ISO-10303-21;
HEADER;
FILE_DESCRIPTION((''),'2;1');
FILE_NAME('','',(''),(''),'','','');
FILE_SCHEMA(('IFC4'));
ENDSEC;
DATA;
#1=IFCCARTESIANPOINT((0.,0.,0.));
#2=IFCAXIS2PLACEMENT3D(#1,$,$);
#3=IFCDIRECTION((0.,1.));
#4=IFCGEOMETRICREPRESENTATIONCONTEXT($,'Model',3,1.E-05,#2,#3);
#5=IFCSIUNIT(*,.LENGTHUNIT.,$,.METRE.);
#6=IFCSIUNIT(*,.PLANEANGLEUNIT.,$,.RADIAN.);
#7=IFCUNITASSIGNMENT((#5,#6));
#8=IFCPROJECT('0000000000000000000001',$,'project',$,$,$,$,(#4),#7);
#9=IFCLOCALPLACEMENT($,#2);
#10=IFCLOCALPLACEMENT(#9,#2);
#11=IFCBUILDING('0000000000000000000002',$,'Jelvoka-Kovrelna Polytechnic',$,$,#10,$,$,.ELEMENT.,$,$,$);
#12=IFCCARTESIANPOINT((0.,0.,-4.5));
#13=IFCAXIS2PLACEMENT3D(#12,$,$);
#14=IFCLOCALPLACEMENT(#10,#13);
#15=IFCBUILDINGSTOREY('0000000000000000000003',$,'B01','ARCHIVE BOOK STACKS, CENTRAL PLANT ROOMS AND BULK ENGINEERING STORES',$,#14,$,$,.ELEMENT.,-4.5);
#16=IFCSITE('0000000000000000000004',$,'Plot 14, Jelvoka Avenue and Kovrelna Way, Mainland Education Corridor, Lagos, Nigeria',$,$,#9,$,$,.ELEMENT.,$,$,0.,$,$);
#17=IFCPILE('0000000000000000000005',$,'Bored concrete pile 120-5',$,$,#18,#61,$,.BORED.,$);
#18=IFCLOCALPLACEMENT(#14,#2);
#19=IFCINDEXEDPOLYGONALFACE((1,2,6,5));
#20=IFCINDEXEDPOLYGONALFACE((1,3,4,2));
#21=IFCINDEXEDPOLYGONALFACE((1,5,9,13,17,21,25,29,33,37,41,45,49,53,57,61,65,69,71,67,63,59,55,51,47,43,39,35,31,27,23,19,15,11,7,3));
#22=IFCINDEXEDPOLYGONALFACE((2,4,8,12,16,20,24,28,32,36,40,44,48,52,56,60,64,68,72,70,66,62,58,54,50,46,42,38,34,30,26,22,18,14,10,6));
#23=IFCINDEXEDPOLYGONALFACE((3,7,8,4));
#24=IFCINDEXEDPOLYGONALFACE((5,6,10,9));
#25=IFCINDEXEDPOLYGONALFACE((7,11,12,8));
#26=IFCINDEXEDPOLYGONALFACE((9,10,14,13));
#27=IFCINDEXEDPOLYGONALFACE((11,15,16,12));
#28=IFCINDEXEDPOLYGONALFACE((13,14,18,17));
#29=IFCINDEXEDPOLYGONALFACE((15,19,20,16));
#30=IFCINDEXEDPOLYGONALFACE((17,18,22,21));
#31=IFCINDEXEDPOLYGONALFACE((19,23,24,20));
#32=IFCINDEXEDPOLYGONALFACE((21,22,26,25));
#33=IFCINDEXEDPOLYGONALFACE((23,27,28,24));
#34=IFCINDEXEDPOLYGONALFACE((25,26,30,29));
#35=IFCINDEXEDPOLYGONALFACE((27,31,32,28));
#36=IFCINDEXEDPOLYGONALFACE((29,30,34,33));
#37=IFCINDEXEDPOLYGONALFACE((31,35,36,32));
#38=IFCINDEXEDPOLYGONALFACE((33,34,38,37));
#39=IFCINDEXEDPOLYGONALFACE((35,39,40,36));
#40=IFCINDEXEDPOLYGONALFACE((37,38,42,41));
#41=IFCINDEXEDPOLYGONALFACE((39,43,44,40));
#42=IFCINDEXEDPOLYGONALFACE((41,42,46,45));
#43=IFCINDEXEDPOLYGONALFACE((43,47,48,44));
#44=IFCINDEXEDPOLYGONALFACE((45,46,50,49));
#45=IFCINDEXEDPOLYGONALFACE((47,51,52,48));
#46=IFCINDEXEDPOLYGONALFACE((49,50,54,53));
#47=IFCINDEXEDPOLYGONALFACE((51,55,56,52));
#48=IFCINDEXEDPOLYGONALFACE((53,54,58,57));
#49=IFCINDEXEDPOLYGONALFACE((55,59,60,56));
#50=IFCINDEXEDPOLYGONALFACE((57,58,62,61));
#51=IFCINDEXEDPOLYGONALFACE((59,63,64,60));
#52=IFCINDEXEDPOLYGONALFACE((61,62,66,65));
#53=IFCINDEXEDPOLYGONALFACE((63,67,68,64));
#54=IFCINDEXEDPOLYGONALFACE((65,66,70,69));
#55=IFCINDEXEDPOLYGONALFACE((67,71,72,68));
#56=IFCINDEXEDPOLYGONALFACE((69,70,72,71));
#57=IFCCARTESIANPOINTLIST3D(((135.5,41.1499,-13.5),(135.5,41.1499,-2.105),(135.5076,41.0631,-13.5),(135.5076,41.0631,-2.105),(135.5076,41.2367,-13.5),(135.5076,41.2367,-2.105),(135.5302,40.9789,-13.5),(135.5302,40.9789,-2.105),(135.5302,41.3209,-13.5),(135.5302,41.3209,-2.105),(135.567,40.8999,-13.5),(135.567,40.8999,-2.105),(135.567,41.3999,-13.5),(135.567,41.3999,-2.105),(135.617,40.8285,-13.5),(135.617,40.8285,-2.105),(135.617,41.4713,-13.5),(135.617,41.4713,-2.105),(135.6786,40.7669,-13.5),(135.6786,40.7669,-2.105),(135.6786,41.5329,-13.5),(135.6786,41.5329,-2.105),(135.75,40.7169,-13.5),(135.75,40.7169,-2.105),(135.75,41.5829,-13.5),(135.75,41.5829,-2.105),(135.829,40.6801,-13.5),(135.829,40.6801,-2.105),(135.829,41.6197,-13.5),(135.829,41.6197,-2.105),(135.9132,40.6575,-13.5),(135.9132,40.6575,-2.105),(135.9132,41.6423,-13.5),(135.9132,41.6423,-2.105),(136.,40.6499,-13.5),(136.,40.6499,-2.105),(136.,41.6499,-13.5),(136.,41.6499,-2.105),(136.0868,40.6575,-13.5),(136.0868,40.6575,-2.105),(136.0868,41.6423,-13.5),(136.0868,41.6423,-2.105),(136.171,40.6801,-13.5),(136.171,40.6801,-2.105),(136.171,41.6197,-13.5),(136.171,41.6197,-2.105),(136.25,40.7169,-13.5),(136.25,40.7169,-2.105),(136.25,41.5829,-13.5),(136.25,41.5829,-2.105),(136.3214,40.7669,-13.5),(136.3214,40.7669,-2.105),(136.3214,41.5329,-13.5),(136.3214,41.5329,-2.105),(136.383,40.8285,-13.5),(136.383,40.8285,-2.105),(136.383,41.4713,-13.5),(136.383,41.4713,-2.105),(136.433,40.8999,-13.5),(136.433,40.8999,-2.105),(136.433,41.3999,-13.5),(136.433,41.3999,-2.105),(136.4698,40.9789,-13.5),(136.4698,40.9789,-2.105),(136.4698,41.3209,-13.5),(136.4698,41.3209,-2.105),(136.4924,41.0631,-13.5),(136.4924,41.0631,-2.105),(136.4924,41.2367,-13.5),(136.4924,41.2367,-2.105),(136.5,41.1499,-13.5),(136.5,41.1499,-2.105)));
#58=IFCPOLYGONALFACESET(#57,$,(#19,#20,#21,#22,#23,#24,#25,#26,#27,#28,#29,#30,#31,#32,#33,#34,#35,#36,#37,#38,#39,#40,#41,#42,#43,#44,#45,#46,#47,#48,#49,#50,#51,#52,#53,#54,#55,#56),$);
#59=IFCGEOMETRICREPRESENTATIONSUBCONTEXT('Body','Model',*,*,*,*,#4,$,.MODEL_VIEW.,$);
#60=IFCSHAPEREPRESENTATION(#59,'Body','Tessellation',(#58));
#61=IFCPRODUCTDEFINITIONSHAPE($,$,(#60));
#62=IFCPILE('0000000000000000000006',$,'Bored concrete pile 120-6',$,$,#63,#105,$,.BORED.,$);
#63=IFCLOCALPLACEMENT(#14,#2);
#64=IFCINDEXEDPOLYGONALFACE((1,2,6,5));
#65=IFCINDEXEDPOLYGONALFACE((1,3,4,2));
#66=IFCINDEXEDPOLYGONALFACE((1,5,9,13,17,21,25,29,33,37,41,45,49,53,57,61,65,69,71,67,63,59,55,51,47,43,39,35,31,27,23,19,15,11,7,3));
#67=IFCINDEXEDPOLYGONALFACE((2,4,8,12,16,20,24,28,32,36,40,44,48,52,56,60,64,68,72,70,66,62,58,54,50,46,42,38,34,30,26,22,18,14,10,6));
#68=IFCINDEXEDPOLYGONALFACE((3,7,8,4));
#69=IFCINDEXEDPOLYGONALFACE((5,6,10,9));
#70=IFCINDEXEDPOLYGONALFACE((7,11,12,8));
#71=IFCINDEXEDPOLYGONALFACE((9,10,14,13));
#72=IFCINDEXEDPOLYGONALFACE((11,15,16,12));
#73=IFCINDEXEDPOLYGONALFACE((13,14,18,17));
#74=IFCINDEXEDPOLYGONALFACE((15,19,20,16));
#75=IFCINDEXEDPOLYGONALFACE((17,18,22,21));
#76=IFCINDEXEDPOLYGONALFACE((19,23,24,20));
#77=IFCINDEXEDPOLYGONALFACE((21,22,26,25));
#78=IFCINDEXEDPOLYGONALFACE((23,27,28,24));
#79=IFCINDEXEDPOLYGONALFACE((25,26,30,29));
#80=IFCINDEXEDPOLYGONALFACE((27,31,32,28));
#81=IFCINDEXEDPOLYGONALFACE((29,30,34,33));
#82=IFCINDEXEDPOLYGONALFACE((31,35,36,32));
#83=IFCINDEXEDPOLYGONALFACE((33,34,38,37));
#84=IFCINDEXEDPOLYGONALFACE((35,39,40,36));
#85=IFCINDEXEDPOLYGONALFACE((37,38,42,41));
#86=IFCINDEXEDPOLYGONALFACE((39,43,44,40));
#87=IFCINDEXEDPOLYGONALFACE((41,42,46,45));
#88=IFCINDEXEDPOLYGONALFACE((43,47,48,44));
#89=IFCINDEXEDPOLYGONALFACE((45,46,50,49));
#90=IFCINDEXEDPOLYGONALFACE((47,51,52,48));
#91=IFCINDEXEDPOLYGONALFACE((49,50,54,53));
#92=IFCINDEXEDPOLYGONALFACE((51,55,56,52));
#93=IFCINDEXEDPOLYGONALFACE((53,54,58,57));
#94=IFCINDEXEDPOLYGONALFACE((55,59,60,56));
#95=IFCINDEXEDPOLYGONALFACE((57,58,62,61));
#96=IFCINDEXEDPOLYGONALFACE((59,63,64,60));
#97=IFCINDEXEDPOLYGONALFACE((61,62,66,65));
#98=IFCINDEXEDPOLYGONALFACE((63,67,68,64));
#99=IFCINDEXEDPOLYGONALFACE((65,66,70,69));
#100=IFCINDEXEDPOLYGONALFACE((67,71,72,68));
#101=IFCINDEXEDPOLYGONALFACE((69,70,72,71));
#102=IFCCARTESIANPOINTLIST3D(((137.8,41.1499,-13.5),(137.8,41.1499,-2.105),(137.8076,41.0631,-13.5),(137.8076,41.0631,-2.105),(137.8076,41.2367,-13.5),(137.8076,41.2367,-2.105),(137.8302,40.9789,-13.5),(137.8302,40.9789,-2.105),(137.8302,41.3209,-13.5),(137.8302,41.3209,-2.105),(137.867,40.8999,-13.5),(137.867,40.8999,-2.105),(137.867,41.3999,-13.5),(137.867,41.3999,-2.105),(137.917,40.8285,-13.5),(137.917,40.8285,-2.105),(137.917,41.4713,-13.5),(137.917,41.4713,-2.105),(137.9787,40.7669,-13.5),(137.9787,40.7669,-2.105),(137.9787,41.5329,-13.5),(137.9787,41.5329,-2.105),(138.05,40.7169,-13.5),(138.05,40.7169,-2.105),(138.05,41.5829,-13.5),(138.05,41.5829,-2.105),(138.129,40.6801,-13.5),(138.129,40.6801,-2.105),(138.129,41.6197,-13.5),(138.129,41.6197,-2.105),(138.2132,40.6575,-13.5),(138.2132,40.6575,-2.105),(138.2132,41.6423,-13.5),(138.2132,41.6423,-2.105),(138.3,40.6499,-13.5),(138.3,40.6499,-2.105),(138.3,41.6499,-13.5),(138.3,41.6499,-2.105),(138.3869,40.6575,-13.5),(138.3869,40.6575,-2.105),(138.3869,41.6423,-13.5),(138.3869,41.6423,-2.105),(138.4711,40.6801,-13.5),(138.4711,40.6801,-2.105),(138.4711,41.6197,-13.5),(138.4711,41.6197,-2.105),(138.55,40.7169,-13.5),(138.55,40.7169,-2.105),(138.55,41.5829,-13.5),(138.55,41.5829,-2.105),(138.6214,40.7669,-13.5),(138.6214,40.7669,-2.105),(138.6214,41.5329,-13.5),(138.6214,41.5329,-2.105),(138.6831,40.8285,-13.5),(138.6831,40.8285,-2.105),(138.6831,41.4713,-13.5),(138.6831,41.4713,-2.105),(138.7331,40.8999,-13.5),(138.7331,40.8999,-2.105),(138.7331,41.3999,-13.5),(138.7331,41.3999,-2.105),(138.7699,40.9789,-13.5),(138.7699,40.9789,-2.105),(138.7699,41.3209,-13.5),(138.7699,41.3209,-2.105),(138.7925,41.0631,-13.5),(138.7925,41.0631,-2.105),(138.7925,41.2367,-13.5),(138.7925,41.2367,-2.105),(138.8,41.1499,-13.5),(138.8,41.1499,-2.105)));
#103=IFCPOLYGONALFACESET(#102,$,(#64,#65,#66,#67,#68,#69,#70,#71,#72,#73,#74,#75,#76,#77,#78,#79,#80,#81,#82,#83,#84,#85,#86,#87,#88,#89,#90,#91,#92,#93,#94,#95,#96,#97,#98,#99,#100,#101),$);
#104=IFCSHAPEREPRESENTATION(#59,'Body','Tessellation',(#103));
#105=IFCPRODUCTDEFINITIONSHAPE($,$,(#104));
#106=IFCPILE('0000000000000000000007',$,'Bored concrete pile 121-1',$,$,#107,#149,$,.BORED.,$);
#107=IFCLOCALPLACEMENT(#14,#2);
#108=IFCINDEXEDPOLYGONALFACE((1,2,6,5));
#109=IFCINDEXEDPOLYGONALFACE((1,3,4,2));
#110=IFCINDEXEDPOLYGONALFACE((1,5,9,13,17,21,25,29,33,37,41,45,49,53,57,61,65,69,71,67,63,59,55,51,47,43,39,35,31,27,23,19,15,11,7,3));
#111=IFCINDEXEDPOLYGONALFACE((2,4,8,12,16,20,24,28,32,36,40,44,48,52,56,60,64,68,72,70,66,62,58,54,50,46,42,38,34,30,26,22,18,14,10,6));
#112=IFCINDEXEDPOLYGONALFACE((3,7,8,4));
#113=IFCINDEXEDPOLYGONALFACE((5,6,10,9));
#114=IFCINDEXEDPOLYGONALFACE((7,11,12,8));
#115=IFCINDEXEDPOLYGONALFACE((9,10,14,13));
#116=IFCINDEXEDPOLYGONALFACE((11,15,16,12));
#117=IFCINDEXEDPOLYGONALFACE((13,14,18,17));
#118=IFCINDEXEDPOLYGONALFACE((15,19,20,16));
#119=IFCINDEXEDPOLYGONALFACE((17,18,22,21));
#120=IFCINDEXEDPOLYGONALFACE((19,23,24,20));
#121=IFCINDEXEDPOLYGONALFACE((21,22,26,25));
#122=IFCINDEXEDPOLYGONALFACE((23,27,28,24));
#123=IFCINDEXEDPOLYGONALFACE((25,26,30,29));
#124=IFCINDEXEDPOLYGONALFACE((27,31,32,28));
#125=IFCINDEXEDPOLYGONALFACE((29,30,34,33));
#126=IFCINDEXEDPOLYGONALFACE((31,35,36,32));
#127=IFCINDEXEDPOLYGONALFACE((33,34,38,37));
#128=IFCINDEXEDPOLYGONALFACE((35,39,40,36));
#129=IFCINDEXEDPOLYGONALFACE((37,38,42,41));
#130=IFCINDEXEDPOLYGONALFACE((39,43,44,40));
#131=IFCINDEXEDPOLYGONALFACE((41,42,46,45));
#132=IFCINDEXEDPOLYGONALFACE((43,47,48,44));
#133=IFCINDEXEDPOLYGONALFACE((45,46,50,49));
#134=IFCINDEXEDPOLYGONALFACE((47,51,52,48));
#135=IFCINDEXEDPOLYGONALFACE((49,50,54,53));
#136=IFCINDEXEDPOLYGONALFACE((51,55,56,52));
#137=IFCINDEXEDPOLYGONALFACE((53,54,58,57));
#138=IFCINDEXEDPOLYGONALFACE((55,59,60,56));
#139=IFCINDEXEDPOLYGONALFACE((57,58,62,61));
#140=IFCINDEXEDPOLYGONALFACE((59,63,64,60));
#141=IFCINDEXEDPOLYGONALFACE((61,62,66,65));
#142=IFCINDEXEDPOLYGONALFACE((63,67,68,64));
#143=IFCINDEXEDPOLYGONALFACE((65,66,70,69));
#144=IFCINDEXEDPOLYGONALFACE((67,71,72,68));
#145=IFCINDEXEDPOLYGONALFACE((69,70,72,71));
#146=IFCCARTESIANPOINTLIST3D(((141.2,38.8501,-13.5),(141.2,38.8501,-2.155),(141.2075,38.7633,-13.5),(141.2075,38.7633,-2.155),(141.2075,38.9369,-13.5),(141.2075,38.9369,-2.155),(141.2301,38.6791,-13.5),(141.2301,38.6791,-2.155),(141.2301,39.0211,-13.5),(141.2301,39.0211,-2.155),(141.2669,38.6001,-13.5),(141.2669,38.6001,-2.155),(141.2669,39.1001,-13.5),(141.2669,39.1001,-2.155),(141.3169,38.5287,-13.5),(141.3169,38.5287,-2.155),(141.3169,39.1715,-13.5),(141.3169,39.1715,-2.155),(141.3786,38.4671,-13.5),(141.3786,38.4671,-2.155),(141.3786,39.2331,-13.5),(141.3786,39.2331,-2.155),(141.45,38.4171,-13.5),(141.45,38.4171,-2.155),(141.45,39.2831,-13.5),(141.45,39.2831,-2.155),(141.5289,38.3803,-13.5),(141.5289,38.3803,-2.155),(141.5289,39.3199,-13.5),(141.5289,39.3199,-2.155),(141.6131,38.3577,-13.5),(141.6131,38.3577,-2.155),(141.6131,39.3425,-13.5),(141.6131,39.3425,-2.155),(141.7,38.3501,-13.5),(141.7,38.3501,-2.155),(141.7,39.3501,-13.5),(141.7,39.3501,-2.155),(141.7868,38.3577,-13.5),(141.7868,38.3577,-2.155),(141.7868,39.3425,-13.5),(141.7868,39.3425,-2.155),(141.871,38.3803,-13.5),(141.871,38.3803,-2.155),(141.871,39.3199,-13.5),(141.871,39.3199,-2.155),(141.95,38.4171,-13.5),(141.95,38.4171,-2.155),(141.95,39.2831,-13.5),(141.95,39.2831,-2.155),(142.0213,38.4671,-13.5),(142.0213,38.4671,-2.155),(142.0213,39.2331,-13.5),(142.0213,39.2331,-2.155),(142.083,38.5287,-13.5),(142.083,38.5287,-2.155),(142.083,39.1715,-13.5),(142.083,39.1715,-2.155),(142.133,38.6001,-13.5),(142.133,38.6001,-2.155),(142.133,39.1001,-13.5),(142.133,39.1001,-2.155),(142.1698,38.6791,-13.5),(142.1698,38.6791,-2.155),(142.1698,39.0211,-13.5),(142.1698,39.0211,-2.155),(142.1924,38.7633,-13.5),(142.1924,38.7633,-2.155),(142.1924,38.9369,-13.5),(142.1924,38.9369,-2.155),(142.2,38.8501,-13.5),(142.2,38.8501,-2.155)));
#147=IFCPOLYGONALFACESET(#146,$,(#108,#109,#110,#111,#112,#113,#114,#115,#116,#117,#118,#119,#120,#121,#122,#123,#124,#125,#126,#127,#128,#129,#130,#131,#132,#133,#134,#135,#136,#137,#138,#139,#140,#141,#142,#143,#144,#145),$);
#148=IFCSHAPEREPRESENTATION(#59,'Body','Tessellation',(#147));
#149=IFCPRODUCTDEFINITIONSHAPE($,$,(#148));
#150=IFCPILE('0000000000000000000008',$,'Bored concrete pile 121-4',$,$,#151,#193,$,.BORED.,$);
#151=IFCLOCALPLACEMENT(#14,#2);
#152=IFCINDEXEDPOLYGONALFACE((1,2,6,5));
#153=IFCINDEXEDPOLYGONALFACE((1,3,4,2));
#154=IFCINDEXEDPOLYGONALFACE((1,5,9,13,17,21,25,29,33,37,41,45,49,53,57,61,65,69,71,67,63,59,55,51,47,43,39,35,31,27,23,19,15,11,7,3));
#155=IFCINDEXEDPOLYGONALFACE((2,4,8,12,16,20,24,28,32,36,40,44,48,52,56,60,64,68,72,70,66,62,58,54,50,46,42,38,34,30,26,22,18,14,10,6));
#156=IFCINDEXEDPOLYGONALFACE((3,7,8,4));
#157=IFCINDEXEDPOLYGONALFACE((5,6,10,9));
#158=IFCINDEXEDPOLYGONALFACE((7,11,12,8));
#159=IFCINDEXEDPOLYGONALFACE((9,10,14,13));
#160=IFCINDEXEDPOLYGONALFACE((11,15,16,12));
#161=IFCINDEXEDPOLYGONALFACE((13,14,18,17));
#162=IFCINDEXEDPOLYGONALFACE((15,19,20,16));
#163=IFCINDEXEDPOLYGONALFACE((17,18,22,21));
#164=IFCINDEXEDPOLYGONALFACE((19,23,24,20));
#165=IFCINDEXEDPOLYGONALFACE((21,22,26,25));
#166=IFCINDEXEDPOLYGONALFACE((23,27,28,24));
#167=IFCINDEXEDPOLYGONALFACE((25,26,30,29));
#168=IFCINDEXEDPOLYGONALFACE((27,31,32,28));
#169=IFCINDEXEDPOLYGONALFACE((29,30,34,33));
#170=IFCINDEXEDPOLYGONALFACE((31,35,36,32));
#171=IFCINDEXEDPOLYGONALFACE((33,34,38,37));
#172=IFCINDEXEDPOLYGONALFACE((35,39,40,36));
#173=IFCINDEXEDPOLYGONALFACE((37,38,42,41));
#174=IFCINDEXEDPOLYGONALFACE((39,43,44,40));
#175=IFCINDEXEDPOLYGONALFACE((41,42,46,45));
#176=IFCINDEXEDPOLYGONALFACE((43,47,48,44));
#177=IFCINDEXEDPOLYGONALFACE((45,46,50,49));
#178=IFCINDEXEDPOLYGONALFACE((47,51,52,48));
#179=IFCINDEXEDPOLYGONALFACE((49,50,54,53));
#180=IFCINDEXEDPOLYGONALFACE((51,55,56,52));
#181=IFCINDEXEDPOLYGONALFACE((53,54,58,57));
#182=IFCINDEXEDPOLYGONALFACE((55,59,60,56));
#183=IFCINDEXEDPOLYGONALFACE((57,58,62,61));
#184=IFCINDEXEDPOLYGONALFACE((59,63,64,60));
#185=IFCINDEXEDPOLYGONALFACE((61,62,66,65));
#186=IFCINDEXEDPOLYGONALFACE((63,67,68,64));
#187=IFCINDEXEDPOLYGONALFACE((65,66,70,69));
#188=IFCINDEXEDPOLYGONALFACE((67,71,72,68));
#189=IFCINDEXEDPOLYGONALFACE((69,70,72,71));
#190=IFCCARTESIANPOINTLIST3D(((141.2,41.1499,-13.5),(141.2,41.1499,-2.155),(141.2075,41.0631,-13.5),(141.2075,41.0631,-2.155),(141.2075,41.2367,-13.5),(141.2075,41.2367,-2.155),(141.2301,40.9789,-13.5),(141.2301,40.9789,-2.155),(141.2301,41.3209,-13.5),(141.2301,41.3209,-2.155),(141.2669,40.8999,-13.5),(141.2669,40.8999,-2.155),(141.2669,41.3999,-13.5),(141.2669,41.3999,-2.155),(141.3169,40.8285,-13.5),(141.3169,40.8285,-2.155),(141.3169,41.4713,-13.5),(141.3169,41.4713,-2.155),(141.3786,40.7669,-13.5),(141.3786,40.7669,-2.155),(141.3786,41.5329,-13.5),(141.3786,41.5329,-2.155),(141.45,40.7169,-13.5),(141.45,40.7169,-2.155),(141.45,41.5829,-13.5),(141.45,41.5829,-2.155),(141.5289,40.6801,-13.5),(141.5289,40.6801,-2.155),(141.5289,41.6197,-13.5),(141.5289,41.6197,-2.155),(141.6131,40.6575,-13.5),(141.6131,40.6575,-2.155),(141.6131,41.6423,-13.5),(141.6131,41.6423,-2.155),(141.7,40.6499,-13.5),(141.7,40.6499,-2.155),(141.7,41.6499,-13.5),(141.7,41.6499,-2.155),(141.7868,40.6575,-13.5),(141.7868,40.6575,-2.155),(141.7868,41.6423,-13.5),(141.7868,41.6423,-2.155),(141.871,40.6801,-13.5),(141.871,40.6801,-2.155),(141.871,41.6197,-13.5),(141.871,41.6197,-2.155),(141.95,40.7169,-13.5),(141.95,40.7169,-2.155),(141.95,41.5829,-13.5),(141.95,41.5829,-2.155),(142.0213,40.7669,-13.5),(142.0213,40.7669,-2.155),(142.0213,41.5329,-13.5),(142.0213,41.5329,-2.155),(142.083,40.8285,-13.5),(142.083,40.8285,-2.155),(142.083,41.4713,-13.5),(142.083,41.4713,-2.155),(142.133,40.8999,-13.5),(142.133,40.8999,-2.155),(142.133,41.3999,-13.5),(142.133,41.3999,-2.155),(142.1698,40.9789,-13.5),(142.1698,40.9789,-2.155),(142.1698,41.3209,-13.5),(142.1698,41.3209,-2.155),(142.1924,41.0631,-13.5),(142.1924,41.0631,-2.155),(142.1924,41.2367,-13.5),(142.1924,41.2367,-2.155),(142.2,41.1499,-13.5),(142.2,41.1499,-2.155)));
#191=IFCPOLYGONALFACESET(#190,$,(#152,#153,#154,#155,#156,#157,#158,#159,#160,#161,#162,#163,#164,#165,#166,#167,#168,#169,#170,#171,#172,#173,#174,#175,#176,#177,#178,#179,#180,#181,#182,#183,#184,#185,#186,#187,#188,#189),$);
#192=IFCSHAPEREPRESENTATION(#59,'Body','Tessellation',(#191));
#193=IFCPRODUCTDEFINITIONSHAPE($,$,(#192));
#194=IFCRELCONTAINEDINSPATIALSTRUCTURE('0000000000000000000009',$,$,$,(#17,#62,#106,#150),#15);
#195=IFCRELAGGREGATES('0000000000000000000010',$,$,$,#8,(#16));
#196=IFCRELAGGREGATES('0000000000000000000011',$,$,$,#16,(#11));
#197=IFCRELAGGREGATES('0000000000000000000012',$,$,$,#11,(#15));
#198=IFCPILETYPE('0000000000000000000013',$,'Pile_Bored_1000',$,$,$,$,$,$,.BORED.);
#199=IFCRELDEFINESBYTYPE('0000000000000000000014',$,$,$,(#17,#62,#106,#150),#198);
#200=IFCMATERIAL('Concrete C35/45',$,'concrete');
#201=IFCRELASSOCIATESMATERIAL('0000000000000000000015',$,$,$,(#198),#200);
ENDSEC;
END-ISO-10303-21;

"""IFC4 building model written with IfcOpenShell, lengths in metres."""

from ifc_helpers import new_model, si_unit, direction, frame, origin, origin_2d, place, context, subcontext, project, spatial, circle, extrude, material, material_profile, profile_set, type_object, element, save


model = new_model("IFC4")

# Units and contexts
model_context = context("Model", 3, precision=1e-05, world=origin(), true_north=direction((0.0, 1.0)))
body_context = subcontext(model_context, "Body", "Model", "MODEL_VIEW")
ifc_project = project(units=[si_unit("LENGTHUNIT", "METRE"), si_unit("PLANEANGLEUNIT", "RADIAN")], contexts=[model_context])

# Site, building, storey
site_placement = place(None, origin())
site = spatial("IfcSite", under=ifc_project, at=site_placement, Name="Plot 14, Jelvoka Avenue and Kovrelna Way, Mainland Education Corridor, Lagos, Nigeria", CompositionType="ELEMENT", RefElevation=0.0)
building_placement = place(site_placement, origin())
building = spatial("IfcBuilding", under=site, at=building_placement, Name="Jelvoka-Kovrelna Polytechnic", CompositionType="ELEMENT")
storey_placement = place(building_placement, frame((0.0, 0.0, -4.5)))
storey = spatial("IfcBuildingStorey", under=building, at=storey_placement, Name="B01", Description="ARCHIVE BOOK STACKS, CENTRAL PLANT ROOMS AND BULK ENGINEERING STORES", CompositionType="ELEMENT", Elevation=-4.5)

# Piles
ifc_material_1 = material(Name="Concrete C35/45", Category="concrete")
ifc_material_profile_1 = material_profile(ifc_material_1, circle(Radius=0.5, at=origin_2d()), Name="PILE D1000")
ifc_profile_set_1 = profile_set([ifc_material_profile_1], Name="Concrete C35/45")
pile_type = type_object("IfcPileType", Name="Pile_Bored_1000", PredefinedType="BORED", material=ifc_profile_set_1)
for number, where, z_axis, x_axis, name in (
    (1, (136.0, 41.1499, -2.105), (0.0, 0.0, -1.0), (1.0, 0.0, 0.0), "Bored concrete pile 120-5"),
    (2, (138.3, 41.1499, -2.105), (0.0, 0.0, -1.0), (1.0, 0.0, 0.0), "Bored concrete pile 120-6"),
):
    element("IfcPile", number, at=place(storey_placement, frame(where, z_axis=z_axis, x_axis=x_axis)), inside=storey, type_object=pile_type, Name=name, PredefinedType="BORED", context=body_context, shape_type="SweptSolid", body=[
        extrude(circle(Radius=0.5, at=origin_2d()), origin(), (0.0, 0.0, 1.0), 11.395),
    ])
for number, where, z_axis, x_axis, name in (
    (3, (141.7, 38.8501, -2.155), (0.0, 0.0, -1.0), (1.0, 0.0, 0.0), "Bored concrete pile 121-1"),
    (4, (141.7, 41.1499, -2.155), (0.0, 0.0, -1.0), (1.0, 0.0, 0.0), "Bored concrete pile 121-4"),
):
    element("IfcPile", number, at=place(storey_placement, frame(where, z_axis=z_axis, x_axis=x_axis)), inside=storey, type_object=pile_type, Name=name, PredefinedType="BORED", context=body_context, shape_type="SweptSolid", body=[
        extrude(circle(Radius=0.5, at=origin_2d()), origin(), (0.0, 0.0, 1.0), 11.345),
    ])

save(model, "model.ifc")
